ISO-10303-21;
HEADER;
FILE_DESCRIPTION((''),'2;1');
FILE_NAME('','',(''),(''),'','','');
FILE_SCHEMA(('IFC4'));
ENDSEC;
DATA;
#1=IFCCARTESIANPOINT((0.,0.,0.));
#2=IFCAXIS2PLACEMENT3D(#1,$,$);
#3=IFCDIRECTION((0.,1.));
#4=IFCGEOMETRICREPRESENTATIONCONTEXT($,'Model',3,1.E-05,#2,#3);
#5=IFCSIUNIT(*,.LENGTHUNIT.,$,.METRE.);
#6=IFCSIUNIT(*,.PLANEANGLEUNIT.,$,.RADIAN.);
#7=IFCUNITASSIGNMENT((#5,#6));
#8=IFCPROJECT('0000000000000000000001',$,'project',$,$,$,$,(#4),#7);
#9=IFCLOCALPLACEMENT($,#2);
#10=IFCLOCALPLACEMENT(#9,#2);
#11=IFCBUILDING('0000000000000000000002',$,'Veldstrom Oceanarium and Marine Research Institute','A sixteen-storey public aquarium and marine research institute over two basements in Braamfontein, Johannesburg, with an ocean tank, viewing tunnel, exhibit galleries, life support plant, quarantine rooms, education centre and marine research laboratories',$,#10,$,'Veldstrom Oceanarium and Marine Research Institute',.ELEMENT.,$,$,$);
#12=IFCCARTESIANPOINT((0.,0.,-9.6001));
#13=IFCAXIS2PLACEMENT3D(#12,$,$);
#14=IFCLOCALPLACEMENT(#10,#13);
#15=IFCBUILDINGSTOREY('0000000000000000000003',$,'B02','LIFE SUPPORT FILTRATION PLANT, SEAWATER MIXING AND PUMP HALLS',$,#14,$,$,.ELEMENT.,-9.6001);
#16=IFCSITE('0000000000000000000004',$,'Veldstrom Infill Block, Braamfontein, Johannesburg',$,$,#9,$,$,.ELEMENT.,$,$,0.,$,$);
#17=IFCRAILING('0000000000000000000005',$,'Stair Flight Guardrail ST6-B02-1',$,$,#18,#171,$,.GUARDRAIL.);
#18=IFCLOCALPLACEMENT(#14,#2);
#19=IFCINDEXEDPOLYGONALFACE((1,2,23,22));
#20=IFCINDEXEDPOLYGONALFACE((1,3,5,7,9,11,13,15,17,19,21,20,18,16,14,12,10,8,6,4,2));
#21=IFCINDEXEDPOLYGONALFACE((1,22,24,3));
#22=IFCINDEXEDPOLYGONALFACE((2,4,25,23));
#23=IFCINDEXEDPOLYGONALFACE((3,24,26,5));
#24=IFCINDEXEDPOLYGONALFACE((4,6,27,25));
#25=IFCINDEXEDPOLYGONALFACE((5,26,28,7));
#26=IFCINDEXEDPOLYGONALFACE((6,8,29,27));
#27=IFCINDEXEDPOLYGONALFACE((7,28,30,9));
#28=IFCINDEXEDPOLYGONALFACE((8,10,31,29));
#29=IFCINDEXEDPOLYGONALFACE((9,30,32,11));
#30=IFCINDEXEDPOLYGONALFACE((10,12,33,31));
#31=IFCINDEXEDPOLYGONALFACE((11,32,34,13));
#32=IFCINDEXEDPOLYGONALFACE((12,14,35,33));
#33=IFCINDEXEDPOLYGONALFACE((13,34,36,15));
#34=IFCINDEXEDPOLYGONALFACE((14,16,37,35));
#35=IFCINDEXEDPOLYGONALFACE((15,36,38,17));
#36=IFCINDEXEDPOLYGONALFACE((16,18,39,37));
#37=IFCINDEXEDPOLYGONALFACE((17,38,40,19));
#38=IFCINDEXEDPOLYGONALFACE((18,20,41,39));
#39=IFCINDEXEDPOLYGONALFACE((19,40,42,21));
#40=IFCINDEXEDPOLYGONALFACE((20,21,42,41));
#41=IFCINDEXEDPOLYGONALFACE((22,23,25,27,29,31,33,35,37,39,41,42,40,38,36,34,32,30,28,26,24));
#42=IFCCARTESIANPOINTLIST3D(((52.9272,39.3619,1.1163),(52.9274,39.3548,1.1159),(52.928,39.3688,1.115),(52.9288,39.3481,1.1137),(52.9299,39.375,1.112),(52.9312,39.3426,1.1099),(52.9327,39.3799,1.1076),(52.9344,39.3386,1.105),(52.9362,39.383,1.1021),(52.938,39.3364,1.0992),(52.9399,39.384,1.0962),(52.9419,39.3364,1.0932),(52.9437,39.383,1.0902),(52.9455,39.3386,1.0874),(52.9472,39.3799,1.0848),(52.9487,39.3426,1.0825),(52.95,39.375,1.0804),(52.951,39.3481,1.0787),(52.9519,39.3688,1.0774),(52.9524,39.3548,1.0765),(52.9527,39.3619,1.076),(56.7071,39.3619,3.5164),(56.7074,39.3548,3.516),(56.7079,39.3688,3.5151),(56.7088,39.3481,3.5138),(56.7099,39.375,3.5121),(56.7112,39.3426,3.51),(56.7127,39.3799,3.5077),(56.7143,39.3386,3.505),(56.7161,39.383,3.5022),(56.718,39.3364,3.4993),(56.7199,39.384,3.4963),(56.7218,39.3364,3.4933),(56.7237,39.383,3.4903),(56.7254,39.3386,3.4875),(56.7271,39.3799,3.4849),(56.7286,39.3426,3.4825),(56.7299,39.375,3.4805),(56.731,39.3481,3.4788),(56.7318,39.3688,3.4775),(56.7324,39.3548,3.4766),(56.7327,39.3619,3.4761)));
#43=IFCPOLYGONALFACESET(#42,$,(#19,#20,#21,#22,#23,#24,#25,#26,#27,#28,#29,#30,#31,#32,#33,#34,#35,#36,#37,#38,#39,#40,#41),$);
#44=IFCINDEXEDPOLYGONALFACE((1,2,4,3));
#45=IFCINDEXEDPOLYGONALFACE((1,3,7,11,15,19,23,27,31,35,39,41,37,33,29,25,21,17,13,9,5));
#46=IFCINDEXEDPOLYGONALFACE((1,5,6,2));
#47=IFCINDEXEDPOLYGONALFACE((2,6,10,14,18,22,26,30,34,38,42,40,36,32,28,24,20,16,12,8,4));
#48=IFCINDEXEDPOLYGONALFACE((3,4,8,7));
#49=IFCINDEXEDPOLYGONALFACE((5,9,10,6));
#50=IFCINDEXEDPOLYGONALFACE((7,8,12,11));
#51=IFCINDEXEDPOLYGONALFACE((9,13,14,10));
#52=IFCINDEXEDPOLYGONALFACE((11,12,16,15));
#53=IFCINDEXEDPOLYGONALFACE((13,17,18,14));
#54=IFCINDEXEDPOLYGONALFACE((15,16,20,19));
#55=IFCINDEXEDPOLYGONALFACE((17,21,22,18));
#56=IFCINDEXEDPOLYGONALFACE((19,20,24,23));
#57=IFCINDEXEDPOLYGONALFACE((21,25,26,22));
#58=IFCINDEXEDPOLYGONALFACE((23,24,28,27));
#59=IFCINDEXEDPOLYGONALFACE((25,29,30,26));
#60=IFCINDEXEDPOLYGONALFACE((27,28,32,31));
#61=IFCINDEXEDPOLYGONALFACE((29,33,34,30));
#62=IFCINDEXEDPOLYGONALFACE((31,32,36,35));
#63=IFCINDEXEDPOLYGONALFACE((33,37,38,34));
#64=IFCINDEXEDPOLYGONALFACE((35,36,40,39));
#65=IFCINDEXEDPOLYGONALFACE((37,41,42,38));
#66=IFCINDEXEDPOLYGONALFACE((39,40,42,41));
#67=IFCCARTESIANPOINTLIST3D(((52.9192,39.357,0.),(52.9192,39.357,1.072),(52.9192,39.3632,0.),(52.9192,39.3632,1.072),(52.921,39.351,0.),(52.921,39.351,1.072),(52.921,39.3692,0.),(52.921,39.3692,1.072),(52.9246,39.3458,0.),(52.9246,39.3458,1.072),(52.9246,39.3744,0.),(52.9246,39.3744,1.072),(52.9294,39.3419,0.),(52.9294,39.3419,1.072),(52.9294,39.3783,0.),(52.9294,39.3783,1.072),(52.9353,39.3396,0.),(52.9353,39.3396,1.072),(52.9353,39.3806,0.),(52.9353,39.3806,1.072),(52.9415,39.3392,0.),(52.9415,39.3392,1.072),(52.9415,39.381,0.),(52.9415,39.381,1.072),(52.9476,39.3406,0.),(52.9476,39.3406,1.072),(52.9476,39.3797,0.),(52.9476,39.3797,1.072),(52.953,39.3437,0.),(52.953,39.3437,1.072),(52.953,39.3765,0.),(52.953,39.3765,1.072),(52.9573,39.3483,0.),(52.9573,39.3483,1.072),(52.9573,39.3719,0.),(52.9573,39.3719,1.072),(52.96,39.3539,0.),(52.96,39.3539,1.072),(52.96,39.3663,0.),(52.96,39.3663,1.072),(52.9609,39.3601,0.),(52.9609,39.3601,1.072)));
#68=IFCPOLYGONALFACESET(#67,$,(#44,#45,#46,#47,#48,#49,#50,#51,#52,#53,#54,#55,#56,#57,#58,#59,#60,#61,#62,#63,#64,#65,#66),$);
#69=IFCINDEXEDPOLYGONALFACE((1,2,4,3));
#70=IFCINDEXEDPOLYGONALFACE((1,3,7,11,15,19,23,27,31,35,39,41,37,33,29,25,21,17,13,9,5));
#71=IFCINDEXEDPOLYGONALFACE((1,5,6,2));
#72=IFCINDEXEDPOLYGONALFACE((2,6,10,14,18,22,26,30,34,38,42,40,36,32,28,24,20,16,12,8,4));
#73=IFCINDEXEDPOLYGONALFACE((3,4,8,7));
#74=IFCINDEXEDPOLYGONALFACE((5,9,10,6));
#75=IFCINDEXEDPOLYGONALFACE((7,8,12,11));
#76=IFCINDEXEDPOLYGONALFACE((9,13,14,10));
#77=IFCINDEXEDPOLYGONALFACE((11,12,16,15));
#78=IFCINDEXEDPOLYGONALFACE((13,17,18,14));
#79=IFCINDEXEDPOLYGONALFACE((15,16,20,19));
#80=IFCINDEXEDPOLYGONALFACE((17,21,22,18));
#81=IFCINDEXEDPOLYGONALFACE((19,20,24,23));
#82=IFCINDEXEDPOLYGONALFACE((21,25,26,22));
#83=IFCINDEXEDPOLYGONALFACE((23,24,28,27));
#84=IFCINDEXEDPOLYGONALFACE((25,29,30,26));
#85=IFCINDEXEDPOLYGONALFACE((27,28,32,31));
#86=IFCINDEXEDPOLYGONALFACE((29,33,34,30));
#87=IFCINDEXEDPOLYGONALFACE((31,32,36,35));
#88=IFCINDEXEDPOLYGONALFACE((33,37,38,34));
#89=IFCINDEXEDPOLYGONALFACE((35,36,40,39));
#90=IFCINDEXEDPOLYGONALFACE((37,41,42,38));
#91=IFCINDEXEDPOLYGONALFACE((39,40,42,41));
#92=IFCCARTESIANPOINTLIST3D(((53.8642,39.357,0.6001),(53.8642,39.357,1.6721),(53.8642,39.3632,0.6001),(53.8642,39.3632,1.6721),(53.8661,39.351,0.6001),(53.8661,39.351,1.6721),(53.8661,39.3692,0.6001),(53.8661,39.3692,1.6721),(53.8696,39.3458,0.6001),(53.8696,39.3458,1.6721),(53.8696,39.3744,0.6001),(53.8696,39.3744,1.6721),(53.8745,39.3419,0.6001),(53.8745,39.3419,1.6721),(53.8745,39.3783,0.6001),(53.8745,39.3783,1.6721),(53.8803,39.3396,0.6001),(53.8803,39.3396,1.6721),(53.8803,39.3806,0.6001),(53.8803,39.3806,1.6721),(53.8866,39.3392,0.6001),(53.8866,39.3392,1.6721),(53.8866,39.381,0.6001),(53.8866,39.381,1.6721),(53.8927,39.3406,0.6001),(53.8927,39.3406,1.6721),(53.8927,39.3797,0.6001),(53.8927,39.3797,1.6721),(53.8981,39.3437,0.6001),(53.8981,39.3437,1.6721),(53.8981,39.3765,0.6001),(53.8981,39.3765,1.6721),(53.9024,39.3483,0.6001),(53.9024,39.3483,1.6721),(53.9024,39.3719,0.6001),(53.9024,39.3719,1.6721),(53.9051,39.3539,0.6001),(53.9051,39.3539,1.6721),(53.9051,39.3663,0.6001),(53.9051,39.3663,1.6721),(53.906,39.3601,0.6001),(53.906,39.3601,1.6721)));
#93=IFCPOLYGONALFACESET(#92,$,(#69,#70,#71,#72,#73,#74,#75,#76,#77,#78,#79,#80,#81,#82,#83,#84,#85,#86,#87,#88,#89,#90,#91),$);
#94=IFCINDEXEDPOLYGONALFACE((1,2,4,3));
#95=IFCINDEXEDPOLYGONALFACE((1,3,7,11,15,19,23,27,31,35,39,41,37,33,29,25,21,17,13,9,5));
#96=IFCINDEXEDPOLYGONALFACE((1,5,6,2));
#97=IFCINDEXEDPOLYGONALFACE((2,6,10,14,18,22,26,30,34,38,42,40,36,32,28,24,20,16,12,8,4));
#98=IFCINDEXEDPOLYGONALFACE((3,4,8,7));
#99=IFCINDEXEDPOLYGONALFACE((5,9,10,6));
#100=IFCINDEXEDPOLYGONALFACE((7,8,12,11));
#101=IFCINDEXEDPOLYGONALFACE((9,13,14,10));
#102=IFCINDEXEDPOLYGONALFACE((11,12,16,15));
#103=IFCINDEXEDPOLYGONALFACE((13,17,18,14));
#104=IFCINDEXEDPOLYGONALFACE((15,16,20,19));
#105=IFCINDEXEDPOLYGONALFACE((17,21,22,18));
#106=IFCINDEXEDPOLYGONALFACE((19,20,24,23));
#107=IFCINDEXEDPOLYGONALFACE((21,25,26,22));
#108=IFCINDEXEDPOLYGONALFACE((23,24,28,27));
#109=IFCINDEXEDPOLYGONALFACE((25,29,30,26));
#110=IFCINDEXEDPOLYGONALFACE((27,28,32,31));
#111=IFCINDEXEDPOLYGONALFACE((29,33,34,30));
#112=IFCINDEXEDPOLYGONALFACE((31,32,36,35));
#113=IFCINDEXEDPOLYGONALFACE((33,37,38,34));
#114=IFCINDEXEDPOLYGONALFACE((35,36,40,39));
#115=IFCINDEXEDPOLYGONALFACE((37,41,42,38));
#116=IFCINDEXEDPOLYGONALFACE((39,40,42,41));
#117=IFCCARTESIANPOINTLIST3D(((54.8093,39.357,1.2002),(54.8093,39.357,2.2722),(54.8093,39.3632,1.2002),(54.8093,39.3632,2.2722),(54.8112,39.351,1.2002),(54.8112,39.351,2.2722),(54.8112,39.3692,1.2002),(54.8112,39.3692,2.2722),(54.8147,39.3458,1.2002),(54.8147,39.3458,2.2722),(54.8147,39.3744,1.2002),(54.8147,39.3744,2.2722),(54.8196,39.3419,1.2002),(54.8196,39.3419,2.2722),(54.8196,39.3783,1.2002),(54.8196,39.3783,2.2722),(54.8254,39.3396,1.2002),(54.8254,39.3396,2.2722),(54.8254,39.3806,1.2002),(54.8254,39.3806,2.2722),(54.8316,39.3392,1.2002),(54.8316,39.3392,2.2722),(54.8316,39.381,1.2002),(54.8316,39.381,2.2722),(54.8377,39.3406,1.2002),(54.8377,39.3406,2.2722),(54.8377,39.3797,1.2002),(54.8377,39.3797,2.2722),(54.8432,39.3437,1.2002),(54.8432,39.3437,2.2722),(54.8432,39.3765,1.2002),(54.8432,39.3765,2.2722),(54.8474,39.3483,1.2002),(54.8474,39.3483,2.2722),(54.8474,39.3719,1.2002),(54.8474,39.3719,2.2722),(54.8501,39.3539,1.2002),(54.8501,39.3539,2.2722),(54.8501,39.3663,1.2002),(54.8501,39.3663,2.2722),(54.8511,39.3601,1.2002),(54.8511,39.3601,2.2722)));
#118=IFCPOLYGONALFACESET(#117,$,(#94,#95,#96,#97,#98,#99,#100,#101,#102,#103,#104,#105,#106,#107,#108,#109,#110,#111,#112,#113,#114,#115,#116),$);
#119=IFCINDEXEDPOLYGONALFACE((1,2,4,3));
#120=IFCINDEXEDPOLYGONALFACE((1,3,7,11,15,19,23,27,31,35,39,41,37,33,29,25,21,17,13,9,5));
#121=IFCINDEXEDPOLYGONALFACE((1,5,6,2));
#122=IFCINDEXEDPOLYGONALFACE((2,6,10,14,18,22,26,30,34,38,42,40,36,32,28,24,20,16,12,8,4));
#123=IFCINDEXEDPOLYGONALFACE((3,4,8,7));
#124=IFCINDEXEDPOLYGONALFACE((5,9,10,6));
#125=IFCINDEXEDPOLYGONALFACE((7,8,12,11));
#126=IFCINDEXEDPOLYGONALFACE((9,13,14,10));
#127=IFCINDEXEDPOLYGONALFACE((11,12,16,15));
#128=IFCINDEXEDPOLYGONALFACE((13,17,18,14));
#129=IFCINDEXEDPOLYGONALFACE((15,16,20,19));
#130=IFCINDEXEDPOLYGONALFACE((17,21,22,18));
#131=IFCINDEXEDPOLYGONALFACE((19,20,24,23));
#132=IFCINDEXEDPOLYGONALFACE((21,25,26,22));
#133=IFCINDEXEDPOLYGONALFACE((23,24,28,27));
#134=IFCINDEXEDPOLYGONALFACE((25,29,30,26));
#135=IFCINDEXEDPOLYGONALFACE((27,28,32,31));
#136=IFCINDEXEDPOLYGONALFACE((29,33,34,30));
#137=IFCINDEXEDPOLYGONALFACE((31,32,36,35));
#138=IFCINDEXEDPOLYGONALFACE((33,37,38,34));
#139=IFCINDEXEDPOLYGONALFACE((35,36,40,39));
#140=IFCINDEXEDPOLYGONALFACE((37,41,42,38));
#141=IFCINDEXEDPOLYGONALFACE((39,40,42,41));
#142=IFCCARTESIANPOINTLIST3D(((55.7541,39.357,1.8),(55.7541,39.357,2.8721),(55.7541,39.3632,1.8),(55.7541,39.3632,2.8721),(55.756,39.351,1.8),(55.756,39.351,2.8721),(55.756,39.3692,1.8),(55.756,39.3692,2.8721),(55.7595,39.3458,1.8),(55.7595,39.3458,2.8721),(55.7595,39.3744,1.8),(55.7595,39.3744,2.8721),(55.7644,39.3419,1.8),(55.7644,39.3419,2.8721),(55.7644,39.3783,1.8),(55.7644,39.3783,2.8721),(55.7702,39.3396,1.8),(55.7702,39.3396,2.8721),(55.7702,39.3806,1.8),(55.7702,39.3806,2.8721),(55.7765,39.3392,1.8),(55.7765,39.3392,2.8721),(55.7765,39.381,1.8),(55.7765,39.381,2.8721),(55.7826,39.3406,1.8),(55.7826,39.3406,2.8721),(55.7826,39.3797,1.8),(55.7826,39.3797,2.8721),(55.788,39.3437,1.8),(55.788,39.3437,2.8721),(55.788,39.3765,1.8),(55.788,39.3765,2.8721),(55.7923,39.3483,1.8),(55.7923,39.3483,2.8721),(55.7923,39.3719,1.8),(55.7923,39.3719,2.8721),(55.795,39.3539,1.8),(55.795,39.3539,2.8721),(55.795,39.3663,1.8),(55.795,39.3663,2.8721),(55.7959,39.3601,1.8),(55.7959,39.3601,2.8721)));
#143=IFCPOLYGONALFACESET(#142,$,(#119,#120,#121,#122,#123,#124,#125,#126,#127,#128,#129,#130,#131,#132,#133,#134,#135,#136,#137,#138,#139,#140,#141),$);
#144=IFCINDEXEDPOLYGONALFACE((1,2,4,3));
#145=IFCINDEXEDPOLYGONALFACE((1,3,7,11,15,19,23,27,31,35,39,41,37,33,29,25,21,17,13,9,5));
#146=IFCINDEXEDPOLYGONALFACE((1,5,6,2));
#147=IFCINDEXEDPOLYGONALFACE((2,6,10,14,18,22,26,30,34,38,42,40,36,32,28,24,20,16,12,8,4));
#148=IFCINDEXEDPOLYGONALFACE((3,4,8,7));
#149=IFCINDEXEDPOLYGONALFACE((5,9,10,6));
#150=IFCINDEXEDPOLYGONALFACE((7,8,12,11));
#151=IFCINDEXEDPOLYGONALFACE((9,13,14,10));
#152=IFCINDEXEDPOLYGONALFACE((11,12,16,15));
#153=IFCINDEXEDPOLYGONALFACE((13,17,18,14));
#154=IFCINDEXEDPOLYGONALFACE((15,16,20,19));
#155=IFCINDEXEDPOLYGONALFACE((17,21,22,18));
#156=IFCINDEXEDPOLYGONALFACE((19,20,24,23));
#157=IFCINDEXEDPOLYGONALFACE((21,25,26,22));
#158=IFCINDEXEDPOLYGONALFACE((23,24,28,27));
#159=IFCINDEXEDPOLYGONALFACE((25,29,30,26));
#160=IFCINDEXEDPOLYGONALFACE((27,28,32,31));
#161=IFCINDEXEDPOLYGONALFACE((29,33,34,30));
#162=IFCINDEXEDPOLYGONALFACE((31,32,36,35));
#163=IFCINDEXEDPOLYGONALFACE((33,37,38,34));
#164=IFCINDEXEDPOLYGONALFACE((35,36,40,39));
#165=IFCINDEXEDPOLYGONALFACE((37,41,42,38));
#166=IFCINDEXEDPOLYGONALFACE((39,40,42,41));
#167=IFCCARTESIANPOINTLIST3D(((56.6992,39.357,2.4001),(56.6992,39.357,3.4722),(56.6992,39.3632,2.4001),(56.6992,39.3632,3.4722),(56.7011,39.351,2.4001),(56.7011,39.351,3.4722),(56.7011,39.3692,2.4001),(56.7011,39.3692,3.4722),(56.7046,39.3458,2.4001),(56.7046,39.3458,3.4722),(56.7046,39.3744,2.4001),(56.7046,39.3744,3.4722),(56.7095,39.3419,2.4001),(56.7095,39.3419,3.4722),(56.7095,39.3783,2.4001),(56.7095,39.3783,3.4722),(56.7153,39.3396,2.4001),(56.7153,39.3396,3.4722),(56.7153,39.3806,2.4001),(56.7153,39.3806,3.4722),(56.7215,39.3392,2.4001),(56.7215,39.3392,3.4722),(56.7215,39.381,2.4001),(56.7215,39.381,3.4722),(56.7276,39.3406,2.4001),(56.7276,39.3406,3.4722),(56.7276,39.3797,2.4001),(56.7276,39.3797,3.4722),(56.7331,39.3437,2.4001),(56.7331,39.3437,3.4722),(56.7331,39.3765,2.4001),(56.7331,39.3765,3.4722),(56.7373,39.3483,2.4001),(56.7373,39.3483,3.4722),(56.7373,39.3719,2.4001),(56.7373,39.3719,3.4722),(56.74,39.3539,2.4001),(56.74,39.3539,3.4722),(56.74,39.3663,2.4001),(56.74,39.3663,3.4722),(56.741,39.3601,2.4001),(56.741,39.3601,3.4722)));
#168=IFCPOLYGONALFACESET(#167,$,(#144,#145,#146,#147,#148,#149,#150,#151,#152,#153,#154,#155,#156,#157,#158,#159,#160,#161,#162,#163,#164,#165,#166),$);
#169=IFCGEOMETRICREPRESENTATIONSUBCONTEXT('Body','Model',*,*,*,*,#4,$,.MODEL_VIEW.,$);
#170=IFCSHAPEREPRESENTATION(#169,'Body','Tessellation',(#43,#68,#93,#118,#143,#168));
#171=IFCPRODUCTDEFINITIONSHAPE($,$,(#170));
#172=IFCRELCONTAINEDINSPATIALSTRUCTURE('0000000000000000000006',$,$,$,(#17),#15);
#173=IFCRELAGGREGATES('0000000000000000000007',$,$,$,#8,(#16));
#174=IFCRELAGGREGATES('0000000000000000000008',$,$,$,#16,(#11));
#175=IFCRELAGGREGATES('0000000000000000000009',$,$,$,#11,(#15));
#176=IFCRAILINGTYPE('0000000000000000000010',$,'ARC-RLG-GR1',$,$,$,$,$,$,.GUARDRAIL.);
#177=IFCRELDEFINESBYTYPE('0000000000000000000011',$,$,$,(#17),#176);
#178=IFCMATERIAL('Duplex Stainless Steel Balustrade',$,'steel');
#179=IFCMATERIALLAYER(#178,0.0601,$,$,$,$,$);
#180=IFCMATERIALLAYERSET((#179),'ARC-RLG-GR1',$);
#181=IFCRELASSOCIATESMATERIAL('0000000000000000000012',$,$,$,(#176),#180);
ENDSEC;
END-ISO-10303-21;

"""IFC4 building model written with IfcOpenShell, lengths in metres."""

from ifc_helpers import new_model, si_unit, direction, frame, origin, origin_2d, place, context, subcontext, project, spatial, circle, extrude, material, layer, layer_set, type_object, element, save


model = new_model("IFC4")

# Units and contexts
model_context = context("Model", 3, precision=1e-05, world=origin(), true_north=direction((0.0, 1.0)))
body_context = subcontext(model_context, "Body", "Model", "MODEL_VIEW")
ifc_project = project(units=[si_unit("LENGTHUNIT", "METRE"), si_unit("PLANEANGLEUNIT", "RADIAN")], contexts=[model_context])

# Site, building, storey
site_placement = place(None, origin())
site = spatial("IfcSite", under=ifc_project, at=site_placement, Name="Veldstrom Infill Block, Braamfontein, Johannesburg", CompositionType="ELEMENT", RefElevation=0.0)
building_placement = place(site_placement, origin())
building = spatial("IfcBuilding", under=site, at=building_placement, Name="Veldstrom Oceanarium and Marine Research Institute", Description="A sixteen-storey public aquarium and marine research institute over two basements in Braamfontein, Johannesburg, with an ocean tank, viewing tunnel, exhibit galleries, life support plant, quarantine rooms, education centre and marine research laboratories", LongName="Veldstrom Oceanarium and Marine Research Institute", CompositionType="ELEMENT")
storey_placement = place(building_placement, frame((0.0, 0.0, -9.6001)))
storey = spatial("IfcBuildingStorey", under=building, at=storey_placement, Name="B02", Description="LIFE SUPPORT FILTRATION PLANT, SEAWATER MIXING AND PUMP HALLS", CompositionType="ELEMENT", Elevation=-9.6001)

# Railing
ifc_material_1 = material(Name="Duplex Stainless Steel Balustrade", Category="steel")
ifc_layer_1 = layer(ifc_material_1, 0.0601)
ifc_layer_set_1 = layer_set([ifc_layer_1], Name="ARC-RLG-GR1")
railing_type_1 = type_object("IfcRailingType", Name="ARC-RLG-GR1", PredefinedType="GUARDRAIL", material=ifc_layer_set_1)
railing_1_placement = place(storey_placement, frame((52.9399, 39.3601, 0.0)))
element("IfcRailing", 1, at=railing_1_placement, inside=storey, type_object=railing_type_1, Name="Stair Flight Guardrail ST6-B02-1", PredefinedType="GUARDRAIL", context=body_context, shape_type="SweptSolid", body=[
    extrude(circle(Radius=0.0239, at=origin_2d()), frame((0.0, 0.0, 1.0962), z_axis=(0.8442, 0.0, 0.536028), x_axis=(0.0, 1.0, 0.0)), (0.0, 0.0, 1.0), 4.4775),
    extrude(circle(Radius=0.021, at=origin_2d()), origin(), (0.0, 0.0, 1.0), 1.072),
    extrude(circle(Radius=0.021, at=origin_2d()), frame((0.9451, 0.0, 0.6001)), (0.0, 0.0, 1.0), 1.072),
    extrude(circle(Radius=0.021, at=origin_2d()), frame((1.8901, 0.0, 1.2002)), (0.0, 0.0, 1.0), 1.072),
    extrude(circle(Radius=0.021, at=origin_2d()), frame((2.835, 0.0, 1.8)), (0.0, 0.0, 1.0), 1.072),
    extrude(circle(Radius=0.021, at=origin_2d()), frame((3.78, 0.0, 2.4001)), (0.0, 0.0, 1.0), 1.072),
])

save(model, "model.ifc")
